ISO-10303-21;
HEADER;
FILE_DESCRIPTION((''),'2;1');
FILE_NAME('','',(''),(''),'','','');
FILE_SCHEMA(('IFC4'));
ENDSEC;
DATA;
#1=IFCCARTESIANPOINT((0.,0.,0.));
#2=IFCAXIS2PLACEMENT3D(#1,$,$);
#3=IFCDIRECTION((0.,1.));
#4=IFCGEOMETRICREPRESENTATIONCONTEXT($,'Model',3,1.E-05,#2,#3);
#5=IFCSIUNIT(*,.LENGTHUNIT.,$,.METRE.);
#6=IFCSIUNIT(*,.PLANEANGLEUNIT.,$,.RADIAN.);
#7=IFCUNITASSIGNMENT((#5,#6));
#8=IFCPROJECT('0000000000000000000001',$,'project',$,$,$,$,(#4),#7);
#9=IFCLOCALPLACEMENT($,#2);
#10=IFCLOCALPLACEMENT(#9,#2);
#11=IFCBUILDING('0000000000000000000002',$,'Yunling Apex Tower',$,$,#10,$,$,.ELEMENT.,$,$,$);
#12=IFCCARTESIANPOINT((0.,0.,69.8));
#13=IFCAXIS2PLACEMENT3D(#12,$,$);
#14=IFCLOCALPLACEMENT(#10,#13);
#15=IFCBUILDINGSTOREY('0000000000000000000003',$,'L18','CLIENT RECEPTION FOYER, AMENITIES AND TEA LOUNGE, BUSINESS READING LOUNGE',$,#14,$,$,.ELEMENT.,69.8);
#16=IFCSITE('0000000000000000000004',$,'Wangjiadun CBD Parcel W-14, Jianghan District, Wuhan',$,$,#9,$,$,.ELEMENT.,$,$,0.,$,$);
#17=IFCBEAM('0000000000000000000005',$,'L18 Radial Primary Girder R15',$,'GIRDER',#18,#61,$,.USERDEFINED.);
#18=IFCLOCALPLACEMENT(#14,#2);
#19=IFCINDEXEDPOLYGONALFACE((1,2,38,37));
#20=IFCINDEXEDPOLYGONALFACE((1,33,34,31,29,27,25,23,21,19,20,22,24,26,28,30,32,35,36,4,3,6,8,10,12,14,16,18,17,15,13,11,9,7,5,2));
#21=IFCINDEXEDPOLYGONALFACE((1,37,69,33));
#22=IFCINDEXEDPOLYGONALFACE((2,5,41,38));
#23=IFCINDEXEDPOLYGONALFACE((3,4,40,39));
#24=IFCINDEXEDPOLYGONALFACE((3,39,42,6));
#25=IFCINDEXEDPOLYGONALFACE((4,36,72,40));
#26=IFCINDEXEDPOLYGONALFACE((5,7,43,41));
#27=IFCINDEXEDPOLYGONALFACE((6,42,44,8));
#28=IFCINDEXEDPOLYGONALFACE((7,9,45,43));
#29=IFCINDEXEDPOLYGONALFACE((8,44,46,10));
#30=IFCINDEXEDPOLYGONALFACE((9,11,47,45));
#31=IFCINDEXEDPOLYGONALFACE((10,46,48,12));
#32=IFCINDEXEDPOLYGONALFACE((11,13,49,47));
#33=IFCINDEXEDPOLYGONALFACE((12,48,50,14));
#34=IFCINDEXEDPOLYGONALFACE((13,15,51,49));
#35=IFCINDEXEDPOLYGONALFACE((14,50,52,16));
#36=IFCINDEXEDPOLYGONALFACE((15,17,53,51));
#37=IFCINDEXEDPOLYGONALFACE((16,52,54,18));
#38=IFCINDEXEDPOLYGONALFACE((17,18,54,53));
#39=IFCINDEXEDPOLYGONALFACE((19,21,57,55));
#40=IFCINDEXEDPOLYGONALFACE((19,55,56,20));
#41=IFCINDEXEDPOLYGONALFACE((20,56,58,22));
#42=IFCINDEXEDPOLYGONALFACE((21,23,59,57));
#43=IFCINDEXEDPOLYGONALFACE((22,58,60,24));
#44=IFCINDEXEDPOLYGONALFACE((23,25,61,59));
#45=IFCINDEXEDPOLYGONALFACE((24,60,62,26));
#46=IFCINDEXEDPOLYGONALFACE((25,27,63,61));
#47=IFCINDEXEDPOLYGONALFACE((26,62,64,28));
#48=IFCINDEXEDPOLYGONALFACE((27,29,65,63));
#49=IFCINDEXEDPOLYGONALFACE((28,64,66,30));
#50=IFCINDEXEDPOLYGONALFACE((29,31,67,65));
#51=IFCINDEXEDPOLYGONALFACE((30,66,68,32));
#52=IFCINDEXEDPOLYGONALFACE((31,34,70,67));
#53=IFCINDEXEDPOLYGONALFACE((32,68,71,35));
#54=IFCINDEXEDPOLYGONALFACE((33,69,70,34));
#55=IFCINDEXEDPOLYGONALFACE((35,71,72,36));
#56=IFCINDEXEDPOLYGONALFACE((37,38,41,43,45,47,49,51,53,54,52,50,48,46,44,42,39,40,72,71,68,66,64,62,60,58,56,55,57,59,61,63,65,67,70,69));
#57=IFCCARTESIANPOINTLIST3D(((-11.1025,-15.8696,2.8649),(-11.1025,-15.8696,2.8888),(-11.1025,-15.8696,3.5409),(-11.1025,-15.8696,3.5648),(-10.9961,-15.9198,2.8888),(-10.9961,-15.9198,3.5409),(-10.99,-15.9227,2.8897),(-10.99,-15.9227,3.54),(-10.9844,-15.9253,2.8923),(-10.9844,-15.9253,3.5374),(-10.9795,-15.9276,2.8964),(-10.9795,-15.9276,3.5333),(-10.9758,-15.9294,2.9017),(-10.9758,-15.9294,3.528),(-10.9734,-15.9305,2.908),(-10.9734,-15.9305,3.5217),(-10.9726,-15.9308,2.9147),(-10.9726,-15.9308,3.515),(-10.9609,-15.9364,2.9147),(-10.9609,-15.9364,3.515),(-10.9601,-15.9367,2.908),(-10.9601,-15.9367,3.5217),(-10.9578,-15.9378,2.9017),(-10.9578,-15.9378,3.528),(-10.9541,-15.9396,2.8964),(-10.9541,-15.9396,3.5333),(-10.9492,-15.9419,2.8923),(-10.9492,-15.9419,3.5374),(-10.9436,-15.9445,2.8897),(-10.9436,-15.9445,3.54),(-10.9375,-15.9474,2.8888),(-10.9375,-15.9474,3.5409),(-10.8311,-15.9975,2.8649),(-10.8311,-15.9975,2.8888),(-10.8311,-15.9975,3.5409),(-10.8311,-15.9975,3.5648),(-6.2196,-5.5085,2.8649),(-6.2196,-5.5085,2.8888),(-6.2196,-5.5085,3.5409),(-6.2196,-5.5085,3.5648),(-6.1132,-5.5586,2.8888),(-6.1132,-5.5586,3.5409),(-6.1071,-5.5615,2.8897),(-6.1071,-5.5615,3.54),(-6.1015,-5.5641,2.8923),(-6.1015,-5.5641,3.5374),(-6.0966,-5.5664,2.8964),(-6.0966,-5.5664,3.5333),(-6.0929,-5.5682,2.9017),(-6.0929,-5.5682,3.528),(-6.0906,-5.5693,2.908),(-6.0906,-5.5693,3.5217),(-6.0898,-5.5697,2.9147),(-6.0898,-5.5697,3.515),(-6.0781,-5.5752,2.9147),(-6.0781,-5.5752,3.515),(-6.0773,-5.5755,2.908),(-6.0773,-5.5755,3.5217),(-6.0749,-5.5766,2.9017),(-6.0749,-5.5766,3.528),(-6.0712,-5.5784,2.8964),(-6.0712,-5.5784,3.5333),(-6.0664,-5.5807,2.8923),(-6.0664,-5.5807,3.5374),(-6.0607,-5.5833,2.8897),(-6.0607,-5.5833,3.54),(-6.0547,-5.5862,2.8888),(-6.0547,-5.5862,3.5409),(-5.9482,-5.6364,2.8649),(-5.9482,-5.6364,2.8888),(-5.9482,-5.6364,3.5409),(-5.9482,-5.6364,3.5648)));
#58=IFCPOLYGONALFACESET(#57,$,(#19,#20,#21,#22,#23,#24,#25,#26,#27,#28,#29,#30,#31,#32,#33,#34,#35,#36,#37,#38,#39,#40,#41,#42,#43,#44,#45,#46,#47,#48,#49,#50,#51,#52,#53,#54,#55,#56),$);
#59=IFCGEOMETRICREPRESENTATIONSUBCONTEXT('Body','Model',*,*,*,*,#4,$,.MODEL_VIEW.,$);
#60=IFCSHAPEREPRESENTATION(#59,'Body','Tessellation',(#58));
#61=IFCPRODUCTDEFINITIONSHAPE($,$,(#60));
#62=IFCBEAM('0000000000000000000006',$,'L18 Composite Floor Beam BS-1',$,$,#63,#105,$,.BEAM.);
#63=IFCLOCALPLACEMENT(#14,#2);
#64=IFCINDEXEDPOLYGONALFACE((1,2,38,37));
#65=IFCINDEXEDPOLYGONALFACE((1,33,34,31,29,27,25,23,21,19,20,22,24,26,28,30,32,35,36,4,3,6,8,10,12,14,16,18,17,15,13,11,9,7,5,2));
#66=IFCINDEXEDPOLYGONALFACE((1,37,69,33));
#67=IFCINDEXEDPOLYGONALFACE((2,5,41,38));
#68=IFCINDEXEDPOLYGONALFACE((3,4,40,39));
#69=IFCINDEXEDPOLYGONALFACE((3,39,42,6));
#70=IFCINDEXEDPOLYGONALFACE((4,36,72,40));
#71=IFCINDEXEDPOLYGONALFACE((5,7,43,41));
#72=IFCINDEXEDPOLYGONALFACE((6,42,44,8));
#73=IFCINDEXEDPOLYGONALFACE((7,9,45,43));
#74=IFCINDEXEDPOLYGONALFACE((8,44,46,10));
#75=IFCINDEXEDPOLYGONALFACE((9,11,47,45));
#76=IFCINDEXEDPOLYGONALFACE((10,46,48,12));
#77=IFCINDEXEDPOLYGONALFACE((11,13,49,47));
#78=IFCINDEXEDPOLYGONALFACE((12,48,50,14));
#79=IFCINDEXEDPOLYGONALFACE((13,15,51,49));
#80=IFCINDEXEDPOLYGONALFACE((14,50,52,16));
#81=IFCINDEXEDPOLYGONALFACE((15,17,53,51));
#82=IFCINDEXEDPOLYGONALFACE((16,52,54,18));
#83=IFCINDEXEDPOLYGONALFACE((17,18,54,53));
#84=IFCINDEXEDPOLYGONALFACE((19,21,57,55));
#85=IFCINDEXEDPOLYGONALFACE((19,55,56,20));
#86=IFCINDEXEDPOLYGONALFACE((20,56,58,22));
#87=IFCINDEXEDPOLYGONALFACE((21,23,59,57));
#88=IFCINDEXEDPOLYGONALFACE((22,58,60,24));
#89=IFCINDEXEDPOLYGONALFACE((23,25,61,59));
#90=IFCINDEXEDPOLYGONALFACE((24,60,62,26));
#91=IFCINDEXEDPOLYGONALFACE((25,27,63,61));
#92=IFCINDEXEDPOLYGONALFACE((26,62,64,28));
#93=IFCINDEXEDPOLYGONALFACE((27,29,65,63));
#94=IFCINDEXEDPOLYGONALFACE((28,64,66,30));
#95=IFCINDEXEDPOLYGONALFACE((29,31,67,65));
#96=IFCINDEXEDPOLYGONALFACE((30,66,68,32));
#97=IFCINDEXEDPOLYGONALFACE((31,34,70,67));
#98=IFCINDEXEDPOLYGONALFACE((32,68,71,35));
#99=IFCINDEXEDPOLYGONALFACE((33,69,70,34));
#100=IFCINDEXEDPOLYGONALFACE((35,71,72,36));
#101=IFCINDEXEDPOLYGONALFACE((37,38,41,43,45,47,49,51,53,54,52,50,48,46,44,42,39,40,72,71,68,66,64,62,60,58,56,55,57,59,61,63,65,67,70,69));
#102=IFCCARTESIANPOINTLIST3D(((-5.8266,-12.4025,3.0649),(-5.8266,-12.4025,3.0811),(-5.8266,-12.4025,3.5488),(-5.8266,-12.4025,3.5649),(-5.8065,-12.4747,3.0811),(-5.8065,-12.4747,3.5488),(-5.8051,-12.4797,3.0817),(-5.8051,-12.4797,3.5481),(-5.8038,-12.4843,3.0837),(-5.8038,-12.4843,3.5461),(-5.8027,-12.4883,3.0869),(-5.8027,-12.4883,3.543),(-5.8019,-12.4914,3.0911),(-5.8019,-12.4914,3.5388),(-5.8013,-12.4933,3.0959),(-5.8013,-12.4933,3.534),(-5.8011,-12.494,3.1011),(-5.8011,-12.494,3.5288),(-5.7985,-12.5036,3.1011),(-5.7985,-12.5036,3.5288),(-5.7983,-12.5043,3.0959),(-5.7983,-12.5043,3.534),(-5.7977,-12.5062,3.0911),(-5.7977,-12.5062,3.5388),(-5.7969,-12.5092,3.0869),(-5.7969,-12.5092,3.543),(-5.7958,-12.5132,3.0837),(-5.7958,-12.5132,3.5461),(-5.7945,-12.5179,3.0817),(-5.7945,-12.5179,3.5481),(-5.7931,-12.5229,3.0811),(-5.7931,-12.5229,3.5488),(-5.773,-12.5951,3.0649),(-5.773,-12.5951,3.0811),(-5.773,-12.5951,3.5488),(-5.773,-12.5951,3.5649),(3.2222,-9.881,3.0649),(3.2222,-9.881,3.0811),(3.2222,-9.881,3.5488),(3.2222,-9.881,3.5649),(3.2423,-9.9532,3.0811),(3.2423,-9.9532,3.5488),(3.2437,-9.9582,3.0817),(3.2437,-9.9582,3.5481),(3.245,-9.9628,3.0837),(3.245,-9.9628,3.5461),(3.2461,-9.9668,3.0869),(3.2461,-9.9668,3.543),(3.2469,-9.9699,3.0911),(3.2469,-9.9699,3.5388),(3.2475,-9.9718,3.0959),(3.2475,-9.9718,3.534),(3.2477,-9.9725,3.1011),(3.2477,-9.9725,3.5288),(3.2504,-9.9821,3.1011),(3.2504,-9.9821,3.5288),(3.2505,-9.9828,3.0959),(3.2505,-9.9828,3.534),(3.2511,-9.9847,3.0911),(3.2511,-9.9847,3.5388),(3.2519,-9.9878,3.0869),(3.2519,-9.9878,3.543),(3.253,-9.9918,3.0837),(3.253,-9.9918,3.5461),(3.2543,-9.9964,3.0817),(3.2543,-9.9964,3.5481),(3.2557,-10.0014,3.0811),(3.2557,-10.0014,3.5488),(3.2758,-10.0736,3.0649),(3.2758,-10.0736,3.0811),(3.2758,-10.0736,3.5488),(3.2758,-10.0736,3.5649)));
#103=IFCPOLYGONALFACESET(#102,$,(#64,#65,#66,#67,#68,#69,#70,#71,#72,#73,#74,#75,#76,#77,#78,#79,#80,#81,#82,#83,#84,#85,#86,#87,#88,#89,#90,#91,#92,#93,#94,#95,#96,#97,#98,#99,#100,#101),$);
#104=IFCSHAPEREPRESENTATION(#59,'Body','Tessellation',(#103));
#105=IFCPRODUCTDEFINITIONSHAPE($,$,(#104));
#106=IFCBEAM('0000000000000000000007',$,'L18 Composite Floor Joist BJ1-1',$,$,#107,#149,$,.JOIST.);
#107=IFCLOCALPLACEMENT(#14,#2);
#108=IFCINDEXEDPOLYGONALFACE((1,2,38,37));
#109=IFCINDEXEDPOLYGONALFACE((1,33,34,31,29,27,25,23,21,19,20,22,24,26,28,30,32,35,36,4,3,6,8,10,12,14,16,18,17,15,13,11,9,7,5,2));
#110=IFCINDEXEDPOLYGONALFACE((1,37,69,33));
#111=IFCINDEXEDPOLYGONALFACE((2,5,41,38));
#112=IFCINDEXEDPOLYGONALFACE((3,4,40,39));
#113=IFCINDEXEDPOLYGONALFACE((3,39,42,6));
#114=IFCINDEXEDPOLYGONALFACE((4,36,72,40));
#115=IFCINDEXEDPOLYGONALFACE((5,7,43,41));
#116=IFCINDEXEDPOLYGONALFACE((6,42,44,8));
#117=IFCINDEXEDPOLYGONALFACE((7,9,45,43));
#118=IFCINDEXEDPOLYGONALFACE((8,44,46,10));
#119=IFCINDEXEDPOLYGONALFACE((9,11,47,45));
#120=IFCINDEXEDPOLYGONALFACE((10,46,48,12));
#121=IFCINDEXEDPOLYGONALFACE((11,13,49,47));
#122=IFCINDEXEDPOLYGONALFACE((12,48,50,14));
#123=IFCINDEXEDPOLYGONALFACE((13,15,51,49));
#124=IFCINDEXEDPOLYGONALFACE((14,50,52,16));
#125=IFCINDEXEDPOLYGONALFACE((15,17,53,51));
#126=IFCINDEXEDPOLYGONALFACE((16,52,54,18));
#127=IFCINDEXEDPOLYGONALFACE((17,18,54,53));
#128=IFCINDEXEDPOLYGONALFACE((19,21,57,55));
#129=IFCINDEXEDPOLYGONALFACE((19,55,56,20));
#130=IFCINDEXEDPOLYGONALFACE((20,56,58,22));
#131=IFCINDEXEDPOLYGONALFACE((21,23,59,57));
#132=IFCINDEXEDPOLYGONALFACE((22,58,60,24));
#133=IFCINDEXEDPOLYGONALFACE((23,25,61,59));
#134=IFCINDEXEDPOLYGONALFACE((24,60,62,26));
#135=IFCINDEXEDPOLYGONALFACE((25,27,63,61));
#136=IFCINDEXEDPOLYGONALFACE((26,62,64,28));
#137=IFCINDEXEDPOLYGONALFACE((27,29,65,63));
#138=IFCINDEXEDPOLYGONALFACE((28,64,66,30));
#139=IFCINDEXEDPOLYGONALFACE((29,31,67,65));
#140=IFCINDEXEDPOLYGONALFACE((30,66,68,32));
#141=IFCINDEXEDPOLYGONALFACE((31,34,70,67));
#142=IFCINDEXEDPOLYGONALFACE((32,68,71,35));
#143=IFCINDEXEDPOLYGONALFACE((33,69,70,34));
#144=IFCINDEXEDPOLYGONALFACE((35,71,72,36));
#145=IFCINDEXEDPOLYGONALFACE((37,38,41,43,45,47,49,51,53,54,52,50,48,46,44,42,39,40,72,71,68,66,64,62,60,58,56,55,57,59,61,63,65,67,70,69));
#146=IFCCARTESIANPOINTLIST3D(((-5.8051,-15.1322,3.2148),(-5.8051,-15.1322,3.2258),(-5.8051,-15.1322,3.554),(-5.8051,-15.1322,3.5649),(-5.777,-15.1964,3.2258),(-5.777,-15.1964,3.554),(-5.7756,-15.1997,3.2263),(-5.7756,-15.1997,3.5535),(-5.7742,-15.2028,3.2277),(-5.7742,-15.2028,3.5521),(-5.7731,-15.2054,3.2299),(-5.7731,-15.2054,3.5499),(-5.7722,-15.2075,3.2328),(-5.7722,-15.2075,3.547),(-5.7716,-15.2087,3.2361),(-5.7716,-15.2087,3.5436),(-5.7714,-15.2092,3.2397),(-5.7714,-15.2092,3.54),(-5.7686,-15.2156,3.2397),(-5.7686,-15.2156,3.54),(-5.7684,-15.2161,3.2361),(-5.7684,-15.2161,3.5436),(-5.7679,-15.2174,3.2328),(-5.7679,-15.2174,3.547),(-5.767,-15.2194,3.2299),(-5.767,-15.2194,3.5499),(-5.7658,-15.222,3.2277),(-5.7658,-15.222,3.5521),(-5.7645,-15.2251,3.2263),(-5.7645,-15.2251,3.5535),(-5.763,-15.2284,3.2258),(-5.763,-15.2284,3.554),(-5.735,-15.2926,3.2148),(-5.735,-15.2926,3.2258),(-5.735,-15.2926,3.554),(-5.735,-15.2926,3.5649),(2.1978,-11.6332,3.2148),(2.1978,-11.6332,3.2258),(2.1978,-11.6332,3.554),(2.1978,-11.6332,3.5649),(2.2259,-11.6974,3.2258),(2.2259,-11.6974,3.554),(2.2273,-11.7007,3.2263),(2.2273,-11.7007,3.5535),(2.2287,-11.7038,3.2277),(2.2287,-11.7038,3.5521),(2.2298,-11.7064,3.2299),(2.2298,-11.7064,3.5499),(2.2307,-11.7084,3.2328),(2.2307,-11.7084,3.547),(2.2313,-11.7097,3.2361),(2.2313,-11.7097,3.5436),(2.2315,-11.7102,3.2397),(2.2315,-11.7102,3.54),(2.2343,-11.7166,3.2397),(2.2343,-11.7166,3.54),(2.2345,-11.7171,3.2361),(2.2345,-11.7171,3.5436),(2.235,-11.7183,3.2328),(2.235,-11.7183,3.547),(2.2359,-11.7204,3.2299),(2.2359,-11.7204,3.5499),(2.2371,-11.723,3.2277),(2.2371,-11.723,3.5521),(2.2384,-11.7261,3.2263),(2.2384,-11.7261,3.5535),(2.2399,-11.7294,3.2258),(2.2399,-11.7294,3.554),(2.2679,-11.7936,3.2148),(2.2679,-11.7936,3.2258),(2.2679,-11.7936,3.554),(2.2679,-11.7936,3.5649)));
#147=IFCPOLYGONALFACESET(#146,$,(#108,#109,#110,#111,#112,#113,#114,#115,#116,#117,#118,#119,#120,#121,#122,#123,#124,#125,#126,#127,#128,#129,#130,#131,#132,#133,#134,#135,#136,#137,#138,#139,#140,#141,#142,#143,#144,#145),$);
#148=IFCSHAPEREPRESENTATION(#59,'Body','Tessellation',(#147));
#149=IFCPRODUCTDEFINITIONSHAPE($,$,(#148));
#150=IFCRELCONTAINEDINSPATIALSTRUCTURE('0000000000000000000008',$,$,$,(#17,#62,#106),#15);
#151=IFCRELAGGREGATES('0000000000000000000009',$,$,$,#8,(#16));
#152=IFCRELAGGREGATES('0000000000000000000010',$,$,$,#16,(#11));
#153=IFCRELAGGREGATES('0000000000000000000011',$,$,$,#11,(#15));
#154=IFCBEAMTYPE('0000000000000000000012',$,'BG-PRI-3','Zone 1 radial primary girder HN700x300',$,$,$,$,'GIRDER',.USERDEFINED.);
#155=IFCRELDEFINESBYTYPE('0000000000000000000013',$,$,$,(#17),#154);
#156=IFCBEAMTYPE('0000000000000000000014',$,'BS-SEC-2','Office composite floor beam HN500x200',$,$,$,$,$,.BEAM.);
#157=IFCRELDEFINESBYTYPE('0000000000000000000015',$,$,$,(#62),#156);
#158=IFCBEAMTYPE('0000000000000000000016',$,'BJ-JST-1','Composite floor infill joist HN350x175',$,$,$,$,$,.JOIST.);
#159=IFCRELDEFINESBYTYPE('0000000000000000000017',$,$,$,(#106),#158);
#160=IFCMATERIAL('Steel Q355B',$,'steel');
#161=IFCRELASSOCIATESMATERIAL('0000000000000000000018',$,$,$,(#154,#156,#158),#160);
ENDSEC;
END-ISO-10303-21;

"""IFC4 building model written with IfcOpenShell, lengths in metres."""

from ifc_helpers import new_model, si_unit, direction, frame, origin, origin_2d, place, context, subcontext, project, spatial, i_section, extrude, source, transform, mapped, material, material_profile, profile_set, type_object, element, save


model = new_model("IFC4")

# Units and contexts
model_context = context("Model", 3, precision=1e-05, world=origin(), true_north=direction((0.0, 1.0)))
body_context = subcontext(model_context, "Body", "Model", "MODEL_VIEW")
ifc_project = project(units=[si_unit("LENGTHUNIT", "METRE"), si_unit("PLANEANGLEUNIT", "RADIAN")], contexts=[model_context])

# Site, building, storey
site_placement = place(None, origin())
site = spatial("IfcSite", under=ifc_project, at=site_placement, Name="Wangjiadun CBD Parcel W-14, Jianghan District, Wuhan", CompositionType="ELEMENT", RefElevation=0.0)
building_placement = place(site_placement, origin())
building = spatial("IfcBuilding", under=site, at=building_placement, Name="Yunling Apex Tower", CompositionType="ELEMENT")
storey_placement = place(building_placement, frame((0.0, 0.0, 69.8)))
storey = spatial("IfcBuildingStorey", under=building, at=storey_placement, Name="L18", Description="CLIENT RECEPTION FOYER, AMENITIES AND TEA LOUNGE, BUSINESS READING LOUNGE", CompositionType="ELEMENT", Elevation=69.8)

# Beams
ifc_material_1 = material(Name="Steel Q355B", Category="steel")
ifc_material_profile_1 = material_profile(ifc_material_1, i_section(OverallWidth=0.3, OverallDepth=0.7, WebThickness=0.0129, FlangeThickness=0.0239, FilletRadius=0.0259, at=origin_2d()))
ifc_profile_set_1 = profile_set([ifc_material_profile_1], Name="Steel Q355B")
beam_type_1 = type_object("IfcBeamType", Name="BG-PRI-3", Description="Zone 1 radial primary girder HN700x300", ElementType="GIRDER", PredefinedType="USERDEFINED", material=ifc_profile_set_1)
shared_shape_1 = source(origin(), body_context, "Body", "SweptSolid", [
    extrude(i_section(OverallWidth=0.3, OverallDepth=0.7, WebThickness=0.0129, FlangeThickness=0.0239, FilletRadius=0.0259, at=origin_2d()), origin(), (0.0, 0.0, 1.0), 11.4541),
])
beam_1_placement = place(storey_placement, frame((-10.9668, -15.9336, 3.2148), z_axis=(0.426298, 0.904583, 0.0), x_axis=(-0.904583, 0.426298, 0.0)))
element("IfcBeam", 1, at=beam_1_placement, inside=storey, type_object=beam_type_1, Name="L18 Radial Primary Girder R15", ObjectType="GIRDER", PredefinedType="USERDEFINED", context=body_context, shape_type="MappedRepresentation", body=[
    mapped(shared_shape_1, transform((0.0, 0.0, 0.0), scale=1.0)),
])
ifc_material_profile_2 = material_profile(ifc_material_1, i_section(OverallWidth=0.2, OverallDepth=0.5, WebThickness=0.01, FlangeThickness=0.0161, FilletRadius=0.02, at=origin_2d()))
ifc_profile_set_2 = profile_set([ifc_material_profile_2], Name="Steel Q355B")
beam_type_2 = type_object("IfcBeamType", Name="BS-SEC-2", Description="Office composite floor beam HN500x200", PredefinedType="BEAM", material=ifc_profile_set_2)
shared_shape_2 = source(origin(), body_context, "Body", "SweptSolid", [
    extrude(i_section(OverallWidth=0.2, OverallDepth=0.5, WebThickness=0.01, FlangeThickness=0.0161, FilletRadius=0.02, at=origin_2d()), origin(), (0.0, 0.0, 1.0), 9.3936),
])
beam_2_placement = place(storey_placement, frame((-5.7998, -12.4988, 3.3149), z_axis=(0.9633, 0.268427, 0.0), x_axis=(-0.268427, 0.9633, 0.0)))
element("IfcBeam", 2, at=beam_2_placement, inside=storey, type_object=beam_type_2, Name="L18 Composite Floor Beam BS-1", PredefinedType="BEAM", context=body_context, shape_type="MappedRepresentation", body=[
    mapped(shared_shape_2, transform((0.0, 0.0, 0.0), scale=1.0)),
])
ifc_material_profile_3 = material_profile(ifc_material_1, i_section(OverallWidth=0.175, OverallDepth=0.3501, WebThickness=0.0071, FlangeThickness=0.011, FilletRadius=0.0139, at=origin_2d()))
ifc_profile_set_3 = profile_set([ifc_material_profile_3], Name="Steel Q355B")
beam_type_3 = type_object("IfcBeamType", Name="BJ-JST-1", Description="Composite floor infill joist HN350x175", PredefinedType="JOIST", material=ifc_profile_set_3)
shared_shape_3 = source(origin(), body_context, "Body", "SweptSolid", [
    extrude(i_section(OverallWidth=0.175, OverallDepth=0.3501, WebThickness=0.0071, FlangeThickness=0.011, FilletRadius=0.0139, at=origin_2d()), origin(), (0.0, 0.0, 1.0), 8.7344),
])
beam_3_placement = place(storey_placement, frame((-5.77, -15.2124, 3.3899), z_axis=(0.916252, 0.400602, 0.0), x_axis=(-0.400602, 0.916252, 0.0)))
element("IfcBeam", 3, at=beam_3_placement, inside=storey, type_object=beam_type_3, Name="L18 Composite Floor Joist BJ1-1", PredefinedType="JOIST", context=body_context, shape_type="MappedRepresentation", body=[
    mapped(shared_shape_3, transform((0.0, 0.0, 0.0), scale=1.0)),
])

save(model, "model.ifc")
